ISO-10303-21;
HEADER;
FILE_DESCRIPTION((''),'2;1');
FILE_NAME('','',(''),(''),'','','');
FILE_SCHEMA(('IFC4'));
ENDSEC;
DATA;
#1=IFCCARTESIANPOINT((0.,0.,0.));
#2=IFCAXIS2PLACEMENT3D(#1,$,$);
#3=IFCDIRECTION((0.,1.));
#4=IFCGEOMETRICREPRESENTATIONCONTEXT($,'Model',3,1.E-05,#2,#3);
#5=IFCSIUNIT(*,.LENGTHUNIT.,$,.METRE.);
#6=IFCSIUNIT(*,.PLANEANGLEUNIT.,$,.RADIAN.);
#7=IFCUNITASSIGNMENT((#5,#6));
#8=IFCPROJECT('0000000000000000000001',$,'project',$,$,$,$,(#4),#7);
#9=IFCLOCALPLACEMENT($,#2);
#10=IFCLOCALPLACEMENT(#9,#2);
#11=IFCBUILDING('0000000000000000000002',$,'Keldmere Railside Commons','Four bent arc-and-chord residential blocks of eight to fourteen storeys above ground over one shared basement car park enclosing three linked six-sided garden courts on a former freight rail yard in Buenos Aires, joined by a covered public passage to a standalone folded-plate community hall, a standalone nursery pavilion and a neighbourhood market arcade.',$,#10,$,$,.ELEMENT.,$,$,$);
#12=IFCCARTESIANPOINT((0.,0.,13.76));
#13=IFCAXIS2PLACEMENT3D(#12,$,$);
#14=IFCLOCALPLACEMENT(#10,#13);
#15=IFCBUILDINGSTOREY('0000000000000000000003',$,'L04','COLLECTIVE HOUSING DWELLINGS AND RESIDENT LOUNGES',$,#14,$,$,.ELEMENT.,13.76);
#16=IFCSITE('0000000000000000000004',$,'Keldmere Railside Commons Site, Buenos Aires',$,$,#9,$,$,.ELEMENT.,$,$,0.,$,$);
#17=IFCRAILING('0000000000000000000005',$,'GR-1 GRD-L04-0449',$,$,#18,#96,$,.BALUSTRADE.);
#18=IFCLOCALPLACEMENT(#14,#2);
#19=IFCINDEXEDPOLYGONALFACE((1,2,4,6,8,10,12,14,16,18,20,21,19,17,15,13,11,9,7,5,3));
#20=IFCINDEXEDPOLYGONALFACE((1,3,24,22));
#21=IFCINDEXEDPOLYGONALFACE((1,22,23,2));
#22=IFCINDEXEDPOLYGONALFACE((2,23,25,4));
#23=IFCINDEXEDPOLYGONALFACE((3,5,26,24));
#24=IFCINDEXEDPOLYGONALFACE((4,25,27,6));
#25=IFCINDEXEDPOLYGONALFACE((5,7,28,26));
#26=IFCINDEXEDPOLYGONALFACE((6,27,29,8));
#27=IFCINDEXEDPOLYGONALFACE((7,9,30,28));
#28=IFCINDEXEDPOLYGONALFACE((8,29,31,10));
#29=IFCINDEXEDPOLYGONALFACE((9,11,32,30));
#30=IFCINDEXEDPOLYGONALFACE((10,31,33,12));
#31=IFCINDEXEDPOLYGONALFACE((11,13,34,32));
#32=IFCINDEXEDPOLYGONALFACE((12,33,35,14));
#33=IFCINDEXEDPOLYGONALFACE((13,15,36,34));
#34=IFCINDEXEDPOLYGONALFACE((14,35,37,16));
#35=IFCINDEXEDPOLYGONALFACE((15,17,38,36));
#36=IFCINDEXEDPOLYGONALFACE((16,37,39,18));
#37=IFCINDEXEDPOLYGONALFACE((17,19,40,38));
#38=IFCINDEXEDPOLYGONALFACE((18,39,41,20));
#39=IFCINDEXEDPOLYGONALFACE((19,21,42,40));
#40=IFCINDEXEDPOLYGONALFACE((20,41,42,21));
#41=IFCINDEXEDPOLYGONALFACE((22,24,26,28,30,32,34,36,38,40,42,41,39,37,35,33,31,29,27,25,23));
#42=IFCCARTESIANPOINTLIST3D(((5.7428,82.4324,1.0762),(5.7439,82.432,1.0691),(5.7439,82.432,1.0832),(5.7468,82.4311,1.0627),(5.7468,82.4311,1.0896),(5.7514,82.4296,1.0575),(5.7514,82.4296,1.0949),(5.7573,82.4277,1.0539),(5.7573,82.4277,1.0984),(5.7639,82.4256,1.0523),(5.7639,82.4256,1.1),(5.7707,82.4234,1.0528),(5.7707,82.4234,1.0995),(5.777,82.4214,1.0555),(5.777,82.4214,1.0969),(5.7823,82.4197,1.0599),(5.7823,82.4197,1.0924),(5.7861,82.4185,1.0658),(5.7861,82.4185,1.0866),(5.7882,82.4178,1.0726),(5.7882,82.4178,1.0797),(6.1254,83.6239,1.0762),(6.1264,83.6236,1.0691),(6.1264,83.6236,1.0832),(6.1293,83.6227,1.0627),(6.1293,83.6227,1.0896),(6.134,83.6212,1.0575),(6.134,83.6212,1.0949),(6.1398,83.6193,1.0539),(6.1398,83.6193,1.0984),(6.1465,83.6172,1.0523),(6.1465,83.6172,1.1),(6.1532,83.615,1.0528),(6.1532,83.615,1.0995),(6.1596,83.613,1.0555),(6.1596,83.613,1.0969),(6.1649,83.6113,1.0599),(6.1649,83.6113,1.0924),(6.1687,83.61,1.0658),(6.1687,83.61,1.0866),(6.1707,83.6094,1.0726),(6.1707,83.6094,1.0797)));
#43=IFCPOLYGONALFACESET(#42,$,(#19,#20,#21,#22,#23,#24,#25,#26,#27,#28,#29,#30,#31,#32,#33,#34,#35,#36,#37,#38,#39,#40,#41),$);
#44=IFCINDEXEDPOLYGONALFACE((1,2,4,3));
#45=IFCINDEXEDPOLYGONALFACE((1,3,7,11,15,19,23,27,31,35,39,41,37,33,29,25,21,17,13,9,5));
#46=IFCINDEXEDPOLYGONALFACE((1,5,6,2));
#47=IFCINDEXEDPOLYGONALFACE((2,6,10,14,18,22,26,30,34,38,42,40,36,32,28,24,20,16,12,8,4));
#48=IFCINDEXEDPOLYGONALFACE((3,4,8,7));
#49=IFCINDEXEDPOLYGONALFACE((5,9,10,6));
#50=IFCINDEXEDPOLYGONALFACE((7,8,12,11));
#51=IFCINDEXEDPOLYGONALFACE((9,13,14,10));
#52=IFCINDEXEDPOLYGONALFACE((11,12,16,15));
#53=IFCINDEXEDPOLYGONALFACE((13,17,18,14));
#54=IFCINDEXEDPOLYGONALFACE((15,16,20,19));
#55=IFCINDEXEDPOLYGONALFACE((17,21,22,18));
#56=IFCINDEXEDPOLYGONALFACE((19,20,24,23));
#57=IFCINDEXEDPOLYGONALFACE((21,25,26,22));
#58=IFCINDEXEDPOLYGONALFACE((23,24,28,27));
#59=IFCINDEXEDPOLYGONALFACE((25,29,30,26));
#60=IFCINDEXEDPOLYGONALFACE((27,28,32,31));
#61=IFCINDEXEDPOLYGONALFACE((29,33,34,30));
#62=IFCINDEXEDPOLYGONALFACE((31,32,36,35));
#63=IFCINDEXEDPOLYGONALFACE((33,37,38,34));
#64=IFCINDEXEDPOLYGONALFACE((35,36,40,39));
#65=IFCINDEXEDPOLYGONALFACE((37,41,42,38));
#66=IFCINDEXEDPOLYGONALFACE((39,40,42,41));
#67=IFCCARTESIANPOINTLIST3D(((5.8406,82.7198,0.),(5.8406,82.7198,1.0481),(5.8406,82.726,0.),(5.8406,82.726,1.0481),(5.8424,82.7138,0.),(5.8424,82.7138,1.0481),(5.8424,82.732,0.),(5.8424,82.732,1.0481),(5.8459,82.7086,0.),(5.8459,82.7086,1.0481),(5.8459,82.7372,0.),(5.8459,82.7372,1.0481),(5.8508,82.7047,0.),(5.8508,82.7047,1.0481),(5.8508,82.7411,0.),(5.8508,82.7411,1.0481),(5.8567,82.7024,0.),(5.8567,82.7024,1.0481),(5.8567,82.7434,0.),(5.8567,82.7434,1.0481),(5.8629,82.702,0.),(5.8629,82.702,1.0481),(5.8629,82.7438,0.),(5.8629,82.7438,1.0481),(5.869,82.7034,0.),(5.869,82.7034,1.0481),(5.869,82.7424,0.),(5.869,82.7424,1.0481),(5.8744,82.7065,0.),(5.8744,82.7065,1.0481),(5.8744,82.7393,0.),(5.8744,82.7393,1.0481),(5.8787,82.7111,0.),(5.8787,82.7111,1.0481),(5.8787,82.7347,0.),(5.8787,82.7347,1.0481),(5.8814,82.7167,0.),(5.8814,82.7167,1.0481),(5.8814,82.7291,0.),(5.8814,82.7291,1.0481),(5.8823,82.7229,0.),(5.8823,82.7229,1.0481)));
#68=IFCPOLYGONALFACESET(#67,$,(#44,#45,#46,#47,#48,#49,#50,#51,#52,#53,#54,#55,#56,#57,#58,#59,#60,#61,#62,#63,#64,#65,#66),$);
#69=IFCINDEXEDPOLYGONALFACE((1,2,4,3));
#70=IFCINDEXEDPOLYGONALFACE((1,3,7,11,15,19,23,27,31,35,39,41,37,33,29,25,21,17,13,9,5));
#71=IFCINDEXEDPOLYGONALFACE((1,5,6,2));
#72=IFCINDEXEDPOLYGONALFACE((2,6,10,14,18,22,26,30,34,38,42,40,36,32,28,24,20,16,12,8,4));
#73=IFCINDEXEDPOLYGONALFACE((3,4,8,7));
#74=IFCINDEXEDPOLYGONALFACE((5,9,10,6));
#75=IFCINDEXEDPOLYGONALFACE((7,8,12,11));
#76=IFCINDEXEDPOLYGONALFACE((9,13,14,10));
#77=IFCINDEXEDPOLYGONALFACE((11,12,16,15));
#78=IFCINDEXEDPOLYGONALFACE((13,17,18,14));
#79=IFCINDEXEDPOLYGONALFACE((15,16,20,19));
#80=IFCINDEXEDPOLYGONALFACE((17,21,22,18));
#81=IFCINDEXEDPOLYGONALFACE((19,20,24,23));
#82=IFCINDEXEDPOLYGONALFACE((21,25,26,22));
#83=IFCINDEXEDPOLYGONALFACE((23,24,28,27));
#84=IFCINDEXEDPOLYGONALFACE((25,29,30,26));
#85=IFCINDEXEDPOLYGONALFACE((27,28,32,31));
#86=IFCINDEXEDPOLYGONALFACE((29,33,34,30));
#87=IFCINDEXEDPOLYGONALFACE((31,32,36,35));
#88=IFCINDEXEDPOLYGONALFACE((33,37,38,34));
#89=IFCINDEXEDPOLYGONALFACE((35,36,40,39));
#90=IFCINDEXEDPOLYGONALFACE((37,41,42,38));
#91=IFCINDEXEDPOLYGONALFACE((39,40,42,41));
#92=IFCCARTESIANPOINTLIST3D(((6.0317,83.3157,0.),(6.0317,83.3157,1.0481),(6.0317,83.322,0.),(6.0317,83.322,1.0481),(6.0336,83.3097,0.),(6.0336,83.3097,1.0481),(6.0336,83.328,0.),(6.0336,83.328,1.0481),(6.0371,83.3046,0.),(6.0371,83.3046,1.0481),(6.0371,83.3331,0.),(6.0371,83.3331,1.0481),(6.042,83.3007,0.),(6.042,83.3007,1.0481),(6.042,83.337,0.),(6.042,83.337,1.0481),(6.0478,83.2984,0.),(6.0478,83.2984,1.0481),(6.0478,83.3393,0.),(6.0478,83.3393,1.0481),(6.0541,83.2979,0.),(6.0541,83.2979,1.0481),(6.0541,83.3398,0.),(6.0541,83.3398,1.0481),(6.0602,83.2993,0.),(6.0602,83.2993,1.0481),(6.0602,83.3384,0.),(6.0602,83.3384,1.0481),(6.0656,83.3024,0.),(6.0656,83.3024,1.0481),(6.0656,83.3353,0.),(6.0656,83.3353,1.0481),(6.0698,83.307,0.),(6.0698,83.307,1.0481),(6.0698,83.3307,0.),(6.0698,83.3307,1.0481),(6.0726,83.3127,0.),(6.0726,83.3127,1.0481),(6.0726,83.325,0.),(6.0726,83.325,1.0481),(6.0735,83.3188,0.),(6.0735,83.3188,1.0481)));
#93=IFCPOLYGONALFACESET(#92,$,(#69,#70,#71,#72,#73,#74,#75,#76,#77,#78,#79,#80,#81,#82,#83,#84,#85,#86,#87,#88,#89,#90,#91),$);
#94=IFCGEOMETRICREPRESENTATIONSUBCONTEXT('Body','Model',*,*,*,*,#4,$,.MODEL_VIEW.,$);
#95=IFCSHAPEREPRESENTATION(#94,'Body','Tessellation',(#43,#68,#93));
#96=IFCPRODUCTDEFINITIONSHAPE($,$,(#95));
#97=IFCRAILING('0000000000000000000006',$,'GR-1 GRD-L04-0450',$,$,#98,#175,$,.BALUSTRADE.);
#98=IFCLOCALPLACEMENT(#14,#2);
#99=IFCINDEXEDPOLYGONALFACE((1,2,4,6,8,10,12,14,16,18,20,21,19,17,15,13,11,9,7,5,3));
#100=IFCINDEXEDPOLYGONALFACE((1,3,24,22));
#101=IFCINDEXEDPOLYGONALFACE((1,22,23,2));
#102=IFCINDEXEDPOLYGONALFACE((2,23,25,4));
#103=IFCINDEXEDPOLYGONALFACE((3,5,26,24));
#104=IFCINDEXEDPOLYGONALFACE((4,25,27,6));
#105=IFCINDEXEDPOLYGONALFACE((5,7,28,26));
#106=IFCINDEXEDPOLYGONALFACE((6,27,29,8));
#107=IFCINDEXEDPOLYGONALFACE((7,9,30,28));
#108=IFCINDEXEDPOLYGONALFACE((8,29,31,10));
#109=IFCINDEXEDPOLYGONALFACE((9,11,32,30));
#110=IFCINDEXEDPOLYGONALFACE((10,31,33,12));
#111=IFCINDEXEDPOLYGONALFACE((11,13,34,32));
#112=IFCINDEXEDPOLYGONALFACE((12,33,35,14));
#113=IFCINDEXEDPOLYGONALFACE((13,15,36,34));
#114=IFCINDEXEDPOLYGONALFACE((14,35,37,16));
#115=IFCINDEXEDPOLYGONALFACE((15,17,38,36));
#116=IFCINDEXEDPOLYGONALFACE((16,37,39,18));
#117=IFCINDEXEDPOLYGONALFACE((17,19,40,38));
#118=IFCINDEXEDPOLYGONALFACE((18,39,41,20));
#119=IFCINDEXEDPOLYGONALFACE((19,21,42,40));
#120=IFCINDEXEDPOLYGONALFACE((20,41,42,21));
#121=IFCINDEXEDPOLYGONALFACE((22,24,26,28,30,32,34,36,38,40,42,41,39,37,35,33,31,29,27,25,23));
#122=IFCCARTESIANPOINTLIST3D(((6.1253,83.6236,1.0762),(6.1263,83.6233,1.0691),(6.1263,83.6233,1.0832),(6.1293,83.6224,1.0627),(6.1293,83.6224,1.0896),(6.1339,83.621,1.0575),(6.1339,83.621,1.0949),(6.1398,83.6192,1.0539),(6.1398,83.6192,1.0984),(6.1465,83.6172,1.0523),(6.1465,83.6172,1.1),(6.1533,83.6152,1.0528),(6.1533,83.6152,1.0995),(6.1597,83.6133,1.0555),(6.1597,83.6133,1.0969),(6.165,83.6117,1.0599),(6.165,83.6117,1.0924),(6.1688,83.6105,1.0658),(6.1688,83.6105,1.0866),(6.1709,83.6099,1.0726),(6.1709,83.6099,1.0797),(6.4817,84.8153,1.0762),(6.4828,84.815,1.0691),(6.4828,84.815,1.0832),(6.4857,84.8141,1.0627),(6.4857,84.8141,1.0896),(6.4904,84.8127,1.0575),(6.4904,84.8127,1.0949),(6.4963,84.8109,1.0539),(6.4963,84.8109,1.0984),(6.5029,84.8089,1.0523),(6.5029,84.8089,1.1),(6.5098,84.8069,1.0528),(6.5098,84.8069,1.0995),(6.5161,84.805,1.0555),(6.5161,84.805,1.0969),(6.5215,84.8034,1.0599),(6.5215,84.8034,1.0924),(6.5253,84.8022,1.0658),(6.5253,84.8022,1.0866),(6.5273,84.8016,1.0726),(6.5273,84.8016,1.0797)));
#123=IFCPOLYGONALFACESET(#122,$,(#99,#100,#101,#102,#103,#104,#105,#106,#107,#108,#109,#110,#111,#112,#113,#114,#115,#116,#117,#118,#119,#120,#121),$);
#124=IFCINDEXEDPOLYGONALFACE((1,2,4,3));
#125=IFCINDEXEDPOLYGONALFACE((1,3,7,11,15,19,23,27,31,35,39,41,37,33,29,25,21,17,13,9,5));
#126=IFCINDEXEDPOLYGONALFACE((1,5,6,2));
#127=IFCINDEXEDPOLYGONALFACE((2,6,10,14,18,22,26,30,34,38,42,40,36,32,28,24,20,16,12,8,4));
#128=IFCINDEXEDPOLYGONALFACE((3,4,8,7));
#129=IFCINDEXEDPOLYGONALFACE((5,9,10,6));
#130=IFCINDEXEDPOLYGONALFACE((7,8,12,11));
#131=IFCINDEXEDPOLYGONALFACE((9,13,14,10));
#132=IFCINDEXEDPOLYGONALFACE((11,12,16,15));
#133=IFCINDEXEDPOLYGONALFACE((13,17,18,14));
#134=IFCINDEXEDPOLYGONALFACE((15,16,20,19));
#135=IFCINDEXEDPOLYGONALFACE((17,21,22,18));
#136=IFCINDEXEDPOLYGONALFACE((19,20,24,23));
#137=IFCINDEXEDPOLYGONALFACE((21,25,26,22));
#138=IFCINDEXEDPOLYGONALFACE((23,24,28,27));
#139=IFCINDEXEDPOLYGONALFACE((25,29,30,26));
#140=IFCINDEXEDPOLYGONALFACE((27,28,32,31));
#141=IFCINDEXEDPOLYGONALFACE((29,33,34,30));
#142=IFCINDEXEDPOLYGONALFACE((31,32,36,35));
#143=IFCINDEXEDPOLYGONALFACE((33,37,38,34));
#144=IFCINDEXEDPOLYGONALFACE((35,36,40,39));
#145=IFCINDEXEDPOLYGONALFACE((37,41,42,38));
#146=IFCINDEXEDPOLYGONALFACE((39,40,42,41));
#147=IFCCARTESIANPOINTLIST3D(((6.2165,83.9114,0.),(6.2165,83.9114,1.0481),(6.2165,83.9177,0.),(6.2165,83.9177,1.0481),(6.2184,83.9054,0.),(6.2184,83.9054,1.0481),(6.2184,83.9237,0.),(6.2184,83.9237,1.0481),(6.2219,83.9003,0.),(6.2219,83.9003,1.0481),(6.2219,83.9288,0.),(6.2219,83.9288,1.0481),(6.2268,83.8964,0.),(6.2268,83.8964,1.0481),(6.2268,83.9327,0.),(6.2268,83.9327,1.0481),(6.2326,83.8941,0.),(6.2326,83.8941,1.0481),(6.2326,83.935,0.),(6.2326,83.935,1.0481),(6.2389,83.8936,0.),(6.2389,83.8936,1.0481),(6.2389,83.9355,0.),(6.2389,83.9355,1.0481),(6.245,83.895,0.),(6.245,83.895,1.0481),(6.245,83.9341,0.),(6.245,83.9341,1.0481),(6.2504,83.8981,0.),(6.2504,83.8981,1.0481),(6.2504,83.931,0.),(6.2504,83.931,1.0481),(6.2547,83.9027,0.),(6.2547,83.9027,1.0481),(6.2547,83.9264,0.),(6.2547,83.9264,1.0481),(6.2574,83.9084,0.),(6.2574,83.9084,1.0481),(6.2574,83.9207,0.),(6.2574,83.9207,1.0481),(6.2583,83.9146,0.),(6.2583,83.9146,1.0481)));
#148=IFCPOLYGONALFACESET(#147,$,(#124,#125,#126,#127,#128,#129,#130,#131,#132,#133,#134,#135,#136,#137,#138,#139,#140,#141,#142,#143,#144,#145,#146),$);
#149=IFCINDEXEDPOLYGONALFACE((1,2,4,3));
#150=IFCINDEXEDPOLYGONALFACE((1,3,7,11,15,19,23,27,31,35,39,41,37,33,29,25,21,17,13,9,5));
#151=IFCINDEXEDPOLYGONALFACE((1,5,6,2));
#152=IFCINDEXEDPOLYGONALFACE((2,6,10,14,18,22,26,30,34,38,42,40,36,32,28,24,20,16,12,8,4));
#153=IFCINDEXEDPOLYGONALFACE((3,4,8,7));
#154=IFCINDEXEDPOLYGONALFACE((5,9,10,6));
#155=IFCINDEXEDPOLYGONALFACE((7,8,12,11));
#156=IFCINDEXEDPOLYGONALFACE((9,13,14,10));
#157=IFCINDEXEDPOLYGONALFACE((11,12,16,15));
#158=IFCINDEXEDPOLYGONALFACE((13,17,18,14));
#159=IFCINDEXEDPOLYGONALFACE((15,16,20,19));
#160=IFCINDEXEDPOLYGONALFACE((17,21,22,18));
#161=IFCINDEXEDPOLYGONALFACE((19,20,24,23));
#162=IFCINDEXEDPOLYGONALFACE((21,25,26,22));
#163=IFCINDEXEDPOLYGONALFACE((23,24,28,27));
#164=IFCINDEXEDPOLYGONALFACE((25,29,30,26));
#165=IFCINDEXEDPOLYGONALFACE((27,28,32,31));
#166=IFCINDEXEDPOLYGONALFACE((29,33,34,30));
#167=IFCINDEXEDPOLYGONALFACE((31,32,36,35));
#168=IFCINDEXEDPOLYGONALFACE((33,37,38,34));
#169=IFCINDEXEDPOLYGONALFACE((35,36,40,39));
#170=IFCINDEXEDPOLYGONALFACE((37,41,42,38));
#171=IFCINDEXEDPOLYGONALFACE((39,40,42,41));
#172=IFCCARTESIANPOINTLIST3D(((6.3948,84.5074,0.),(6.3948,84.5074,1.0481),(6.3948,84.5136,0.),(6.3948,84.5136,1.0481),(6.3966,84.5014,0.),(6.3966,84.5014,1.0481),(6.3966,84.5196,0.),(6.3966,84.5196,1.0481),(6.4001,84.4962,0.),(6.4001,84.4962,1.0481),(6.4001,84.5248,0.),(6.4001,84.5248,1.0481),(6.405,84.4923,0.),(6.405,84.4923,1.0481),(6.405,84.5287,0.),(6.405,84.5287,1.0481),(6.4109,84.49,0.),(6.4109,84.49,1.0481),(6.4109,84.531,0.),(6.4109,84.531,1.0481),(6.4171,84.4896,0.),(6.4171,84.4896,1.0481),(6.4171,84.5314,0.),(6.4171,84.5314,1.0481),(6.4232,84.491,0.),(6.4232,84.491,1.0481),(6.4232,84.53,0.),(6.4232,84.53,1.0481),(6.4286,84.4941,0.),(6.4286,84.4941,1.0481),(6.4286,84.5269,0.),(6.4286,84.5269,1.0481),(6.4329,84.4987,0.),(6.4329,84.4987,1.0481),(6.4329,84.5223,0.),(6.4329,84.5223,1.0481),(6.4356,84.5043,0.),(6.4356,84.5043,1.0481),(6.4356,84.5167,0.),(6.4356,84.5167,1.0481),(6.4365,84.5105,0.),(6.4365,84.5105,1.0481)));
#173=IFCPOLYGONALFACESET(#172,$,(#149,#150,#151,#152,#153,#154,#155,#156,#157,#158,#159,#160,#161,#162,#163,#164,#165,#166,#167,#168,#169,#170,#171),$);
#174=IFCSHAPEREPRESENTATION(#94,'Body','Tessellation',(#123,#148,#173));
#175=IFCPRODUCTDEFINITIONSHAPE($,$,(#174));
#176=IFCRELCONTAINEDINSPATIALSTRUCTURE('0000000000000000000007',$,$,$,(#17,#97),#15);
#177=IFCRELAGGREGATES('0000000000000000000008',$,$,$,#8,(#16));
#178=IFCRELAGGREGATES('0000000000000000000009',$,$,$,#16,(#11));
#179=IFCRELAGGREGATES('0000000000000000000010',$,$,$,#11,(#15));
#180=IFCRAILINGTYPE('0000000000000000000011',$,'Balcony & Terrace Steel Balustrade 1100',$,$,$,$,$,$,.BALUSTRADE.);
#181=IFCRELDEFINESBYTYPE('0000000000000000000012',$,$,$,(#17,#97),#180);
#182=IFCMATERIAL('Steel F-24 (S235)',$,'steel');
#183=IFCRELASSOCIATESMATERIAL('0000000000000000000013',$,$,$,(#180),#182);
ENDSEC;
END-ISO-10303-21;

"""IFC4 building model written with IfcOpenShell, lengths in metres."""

from ifc_helpers import new_model, si_unit, direction, frame, origin, origin_2d, place, context, subcontext, project, spatial, circle, extrude, material, type_object, element, save


model = new_model("IFC4")

# Units and contexts
model_context = context("Model", 3, precision=1e-05, world=origin(), true_north=direction((0.0, 1.0)))
body_context = subcontext(model_context, "Body", "Model", "MODEL_VIEW")
ifc_project = project(units=[si_unit("LENGTHUNIT", "METRE"), si_unit("PLANEANGLEUNIT", "RADIAN")], contexts=[model_context])

# Site, building, storey
site_placement = place(None, origin())
site = spatial("IfcSite", under=ifc_project, at=site_placement, Name="Keldmere Railside Commons Site, Buenos Aires", CompositionType="ELEMENT", RefElevation=0.0)
building_placement = place(site_placement, origin())
building = spatial("IfcBuilding", under=site, at=building_placement, Name="Keldmere Railside Commons", Description="Four bent arc-and-chord residential blocks of eight to fourteen storeys above ground over one shared basement car park enclosing three linked six-sided garden courts on a former freight rail yard in Buenos Aires, joined by a covered public passage to a standalone folded-plate community hall, a standalone nursery pavilion and a neighbourhood market arcade.", CompositionType="ELEMENT")
storey_placement = place(building_placement, frame((0.0, 0.0, 13.76)))
storey = spatial("IfcBuildingStorey", under=building, at=storey_placement, Name="L04", Description="COLLECTIVE HOUSING DWELLINGS AND RESIDENT LOUNGES", CompositionType="ELEMENT", Elevation=13.76)

# Railings
ifc_material_1 = material(Name="Steel F-24 (S235)", Category="steel")
railing_type = type_object("IfcRailingType", Name="Balcony & Terrace Steel Balustrade 1100", PredefinedType="BALUSTRADE", material=ifc_material_1)
railing_1_placement = place(storey_placement, frame((5.7656, 82.425, 0.0)))
element("IfcRailing", 1, at=railing_1_placement, inside=storey, type_object=railing_type, Name="GR-1 GRD-L04-0449", PredefinedType="BALUSTRADE", context=body_context, shape_type="SweptSolid", body=[
    extrude(circle(Radius=0.0239, at=origin_2d()), frame((0.0, 0.0, 1.0762), z_axis=(0.305674, 0.952136, 0.0), x_axis=(-0.952136, 0.305674, 0.0)), (0.0, 0.0, 1.0), 1.2515),
    extrude(circle(Radius=0.021, at=origin_2d()), frame((0.0957, 0.2979, 0.0)), (0.0, 0.0, 1.0), 1.0481),
    extrude(circle(Radius=0.021, at=origin_2d()), frame((0.2869, 0.8938, 0.0)), (0.0, 0.0, 1.0), 1.0481),
])
railing_2_placement = place(storey_placement, frame((6.1482, 83.6167, 0.0)))
element("IfcRailing", 2, at=railing_2_placement, inside=storey, type_object=railing_type, Name="GR-1 GRD-L04-0450", PredefinedType="BALUSTRADE", context=body_context, shape_type="SweptSolid", body=[
    extrude(circle(Radius=0.0239, at=origin_2d()), frame((0.0, 0.0, 1.0762), z_axis=(0.286573, 0.958058, 0.0), x_axis=(-0.958058, 0.286573, 0.0)), (0.0, 0.0, 1.0), 1.2439),
    extrude(circle(Radius=0.021, at=origin_2d()), frame((0.0891, 0.2979, 0.0)), (0.0, 0.0, 1.0), 1.0481),
    extrude(circle(Radius=0.021, at=origin_2d()), frame((0.2673, 0.8938, 0.0)), (0.0, 0.0, 1.0), 1.0481),
])

save(model, "model.ifc")
